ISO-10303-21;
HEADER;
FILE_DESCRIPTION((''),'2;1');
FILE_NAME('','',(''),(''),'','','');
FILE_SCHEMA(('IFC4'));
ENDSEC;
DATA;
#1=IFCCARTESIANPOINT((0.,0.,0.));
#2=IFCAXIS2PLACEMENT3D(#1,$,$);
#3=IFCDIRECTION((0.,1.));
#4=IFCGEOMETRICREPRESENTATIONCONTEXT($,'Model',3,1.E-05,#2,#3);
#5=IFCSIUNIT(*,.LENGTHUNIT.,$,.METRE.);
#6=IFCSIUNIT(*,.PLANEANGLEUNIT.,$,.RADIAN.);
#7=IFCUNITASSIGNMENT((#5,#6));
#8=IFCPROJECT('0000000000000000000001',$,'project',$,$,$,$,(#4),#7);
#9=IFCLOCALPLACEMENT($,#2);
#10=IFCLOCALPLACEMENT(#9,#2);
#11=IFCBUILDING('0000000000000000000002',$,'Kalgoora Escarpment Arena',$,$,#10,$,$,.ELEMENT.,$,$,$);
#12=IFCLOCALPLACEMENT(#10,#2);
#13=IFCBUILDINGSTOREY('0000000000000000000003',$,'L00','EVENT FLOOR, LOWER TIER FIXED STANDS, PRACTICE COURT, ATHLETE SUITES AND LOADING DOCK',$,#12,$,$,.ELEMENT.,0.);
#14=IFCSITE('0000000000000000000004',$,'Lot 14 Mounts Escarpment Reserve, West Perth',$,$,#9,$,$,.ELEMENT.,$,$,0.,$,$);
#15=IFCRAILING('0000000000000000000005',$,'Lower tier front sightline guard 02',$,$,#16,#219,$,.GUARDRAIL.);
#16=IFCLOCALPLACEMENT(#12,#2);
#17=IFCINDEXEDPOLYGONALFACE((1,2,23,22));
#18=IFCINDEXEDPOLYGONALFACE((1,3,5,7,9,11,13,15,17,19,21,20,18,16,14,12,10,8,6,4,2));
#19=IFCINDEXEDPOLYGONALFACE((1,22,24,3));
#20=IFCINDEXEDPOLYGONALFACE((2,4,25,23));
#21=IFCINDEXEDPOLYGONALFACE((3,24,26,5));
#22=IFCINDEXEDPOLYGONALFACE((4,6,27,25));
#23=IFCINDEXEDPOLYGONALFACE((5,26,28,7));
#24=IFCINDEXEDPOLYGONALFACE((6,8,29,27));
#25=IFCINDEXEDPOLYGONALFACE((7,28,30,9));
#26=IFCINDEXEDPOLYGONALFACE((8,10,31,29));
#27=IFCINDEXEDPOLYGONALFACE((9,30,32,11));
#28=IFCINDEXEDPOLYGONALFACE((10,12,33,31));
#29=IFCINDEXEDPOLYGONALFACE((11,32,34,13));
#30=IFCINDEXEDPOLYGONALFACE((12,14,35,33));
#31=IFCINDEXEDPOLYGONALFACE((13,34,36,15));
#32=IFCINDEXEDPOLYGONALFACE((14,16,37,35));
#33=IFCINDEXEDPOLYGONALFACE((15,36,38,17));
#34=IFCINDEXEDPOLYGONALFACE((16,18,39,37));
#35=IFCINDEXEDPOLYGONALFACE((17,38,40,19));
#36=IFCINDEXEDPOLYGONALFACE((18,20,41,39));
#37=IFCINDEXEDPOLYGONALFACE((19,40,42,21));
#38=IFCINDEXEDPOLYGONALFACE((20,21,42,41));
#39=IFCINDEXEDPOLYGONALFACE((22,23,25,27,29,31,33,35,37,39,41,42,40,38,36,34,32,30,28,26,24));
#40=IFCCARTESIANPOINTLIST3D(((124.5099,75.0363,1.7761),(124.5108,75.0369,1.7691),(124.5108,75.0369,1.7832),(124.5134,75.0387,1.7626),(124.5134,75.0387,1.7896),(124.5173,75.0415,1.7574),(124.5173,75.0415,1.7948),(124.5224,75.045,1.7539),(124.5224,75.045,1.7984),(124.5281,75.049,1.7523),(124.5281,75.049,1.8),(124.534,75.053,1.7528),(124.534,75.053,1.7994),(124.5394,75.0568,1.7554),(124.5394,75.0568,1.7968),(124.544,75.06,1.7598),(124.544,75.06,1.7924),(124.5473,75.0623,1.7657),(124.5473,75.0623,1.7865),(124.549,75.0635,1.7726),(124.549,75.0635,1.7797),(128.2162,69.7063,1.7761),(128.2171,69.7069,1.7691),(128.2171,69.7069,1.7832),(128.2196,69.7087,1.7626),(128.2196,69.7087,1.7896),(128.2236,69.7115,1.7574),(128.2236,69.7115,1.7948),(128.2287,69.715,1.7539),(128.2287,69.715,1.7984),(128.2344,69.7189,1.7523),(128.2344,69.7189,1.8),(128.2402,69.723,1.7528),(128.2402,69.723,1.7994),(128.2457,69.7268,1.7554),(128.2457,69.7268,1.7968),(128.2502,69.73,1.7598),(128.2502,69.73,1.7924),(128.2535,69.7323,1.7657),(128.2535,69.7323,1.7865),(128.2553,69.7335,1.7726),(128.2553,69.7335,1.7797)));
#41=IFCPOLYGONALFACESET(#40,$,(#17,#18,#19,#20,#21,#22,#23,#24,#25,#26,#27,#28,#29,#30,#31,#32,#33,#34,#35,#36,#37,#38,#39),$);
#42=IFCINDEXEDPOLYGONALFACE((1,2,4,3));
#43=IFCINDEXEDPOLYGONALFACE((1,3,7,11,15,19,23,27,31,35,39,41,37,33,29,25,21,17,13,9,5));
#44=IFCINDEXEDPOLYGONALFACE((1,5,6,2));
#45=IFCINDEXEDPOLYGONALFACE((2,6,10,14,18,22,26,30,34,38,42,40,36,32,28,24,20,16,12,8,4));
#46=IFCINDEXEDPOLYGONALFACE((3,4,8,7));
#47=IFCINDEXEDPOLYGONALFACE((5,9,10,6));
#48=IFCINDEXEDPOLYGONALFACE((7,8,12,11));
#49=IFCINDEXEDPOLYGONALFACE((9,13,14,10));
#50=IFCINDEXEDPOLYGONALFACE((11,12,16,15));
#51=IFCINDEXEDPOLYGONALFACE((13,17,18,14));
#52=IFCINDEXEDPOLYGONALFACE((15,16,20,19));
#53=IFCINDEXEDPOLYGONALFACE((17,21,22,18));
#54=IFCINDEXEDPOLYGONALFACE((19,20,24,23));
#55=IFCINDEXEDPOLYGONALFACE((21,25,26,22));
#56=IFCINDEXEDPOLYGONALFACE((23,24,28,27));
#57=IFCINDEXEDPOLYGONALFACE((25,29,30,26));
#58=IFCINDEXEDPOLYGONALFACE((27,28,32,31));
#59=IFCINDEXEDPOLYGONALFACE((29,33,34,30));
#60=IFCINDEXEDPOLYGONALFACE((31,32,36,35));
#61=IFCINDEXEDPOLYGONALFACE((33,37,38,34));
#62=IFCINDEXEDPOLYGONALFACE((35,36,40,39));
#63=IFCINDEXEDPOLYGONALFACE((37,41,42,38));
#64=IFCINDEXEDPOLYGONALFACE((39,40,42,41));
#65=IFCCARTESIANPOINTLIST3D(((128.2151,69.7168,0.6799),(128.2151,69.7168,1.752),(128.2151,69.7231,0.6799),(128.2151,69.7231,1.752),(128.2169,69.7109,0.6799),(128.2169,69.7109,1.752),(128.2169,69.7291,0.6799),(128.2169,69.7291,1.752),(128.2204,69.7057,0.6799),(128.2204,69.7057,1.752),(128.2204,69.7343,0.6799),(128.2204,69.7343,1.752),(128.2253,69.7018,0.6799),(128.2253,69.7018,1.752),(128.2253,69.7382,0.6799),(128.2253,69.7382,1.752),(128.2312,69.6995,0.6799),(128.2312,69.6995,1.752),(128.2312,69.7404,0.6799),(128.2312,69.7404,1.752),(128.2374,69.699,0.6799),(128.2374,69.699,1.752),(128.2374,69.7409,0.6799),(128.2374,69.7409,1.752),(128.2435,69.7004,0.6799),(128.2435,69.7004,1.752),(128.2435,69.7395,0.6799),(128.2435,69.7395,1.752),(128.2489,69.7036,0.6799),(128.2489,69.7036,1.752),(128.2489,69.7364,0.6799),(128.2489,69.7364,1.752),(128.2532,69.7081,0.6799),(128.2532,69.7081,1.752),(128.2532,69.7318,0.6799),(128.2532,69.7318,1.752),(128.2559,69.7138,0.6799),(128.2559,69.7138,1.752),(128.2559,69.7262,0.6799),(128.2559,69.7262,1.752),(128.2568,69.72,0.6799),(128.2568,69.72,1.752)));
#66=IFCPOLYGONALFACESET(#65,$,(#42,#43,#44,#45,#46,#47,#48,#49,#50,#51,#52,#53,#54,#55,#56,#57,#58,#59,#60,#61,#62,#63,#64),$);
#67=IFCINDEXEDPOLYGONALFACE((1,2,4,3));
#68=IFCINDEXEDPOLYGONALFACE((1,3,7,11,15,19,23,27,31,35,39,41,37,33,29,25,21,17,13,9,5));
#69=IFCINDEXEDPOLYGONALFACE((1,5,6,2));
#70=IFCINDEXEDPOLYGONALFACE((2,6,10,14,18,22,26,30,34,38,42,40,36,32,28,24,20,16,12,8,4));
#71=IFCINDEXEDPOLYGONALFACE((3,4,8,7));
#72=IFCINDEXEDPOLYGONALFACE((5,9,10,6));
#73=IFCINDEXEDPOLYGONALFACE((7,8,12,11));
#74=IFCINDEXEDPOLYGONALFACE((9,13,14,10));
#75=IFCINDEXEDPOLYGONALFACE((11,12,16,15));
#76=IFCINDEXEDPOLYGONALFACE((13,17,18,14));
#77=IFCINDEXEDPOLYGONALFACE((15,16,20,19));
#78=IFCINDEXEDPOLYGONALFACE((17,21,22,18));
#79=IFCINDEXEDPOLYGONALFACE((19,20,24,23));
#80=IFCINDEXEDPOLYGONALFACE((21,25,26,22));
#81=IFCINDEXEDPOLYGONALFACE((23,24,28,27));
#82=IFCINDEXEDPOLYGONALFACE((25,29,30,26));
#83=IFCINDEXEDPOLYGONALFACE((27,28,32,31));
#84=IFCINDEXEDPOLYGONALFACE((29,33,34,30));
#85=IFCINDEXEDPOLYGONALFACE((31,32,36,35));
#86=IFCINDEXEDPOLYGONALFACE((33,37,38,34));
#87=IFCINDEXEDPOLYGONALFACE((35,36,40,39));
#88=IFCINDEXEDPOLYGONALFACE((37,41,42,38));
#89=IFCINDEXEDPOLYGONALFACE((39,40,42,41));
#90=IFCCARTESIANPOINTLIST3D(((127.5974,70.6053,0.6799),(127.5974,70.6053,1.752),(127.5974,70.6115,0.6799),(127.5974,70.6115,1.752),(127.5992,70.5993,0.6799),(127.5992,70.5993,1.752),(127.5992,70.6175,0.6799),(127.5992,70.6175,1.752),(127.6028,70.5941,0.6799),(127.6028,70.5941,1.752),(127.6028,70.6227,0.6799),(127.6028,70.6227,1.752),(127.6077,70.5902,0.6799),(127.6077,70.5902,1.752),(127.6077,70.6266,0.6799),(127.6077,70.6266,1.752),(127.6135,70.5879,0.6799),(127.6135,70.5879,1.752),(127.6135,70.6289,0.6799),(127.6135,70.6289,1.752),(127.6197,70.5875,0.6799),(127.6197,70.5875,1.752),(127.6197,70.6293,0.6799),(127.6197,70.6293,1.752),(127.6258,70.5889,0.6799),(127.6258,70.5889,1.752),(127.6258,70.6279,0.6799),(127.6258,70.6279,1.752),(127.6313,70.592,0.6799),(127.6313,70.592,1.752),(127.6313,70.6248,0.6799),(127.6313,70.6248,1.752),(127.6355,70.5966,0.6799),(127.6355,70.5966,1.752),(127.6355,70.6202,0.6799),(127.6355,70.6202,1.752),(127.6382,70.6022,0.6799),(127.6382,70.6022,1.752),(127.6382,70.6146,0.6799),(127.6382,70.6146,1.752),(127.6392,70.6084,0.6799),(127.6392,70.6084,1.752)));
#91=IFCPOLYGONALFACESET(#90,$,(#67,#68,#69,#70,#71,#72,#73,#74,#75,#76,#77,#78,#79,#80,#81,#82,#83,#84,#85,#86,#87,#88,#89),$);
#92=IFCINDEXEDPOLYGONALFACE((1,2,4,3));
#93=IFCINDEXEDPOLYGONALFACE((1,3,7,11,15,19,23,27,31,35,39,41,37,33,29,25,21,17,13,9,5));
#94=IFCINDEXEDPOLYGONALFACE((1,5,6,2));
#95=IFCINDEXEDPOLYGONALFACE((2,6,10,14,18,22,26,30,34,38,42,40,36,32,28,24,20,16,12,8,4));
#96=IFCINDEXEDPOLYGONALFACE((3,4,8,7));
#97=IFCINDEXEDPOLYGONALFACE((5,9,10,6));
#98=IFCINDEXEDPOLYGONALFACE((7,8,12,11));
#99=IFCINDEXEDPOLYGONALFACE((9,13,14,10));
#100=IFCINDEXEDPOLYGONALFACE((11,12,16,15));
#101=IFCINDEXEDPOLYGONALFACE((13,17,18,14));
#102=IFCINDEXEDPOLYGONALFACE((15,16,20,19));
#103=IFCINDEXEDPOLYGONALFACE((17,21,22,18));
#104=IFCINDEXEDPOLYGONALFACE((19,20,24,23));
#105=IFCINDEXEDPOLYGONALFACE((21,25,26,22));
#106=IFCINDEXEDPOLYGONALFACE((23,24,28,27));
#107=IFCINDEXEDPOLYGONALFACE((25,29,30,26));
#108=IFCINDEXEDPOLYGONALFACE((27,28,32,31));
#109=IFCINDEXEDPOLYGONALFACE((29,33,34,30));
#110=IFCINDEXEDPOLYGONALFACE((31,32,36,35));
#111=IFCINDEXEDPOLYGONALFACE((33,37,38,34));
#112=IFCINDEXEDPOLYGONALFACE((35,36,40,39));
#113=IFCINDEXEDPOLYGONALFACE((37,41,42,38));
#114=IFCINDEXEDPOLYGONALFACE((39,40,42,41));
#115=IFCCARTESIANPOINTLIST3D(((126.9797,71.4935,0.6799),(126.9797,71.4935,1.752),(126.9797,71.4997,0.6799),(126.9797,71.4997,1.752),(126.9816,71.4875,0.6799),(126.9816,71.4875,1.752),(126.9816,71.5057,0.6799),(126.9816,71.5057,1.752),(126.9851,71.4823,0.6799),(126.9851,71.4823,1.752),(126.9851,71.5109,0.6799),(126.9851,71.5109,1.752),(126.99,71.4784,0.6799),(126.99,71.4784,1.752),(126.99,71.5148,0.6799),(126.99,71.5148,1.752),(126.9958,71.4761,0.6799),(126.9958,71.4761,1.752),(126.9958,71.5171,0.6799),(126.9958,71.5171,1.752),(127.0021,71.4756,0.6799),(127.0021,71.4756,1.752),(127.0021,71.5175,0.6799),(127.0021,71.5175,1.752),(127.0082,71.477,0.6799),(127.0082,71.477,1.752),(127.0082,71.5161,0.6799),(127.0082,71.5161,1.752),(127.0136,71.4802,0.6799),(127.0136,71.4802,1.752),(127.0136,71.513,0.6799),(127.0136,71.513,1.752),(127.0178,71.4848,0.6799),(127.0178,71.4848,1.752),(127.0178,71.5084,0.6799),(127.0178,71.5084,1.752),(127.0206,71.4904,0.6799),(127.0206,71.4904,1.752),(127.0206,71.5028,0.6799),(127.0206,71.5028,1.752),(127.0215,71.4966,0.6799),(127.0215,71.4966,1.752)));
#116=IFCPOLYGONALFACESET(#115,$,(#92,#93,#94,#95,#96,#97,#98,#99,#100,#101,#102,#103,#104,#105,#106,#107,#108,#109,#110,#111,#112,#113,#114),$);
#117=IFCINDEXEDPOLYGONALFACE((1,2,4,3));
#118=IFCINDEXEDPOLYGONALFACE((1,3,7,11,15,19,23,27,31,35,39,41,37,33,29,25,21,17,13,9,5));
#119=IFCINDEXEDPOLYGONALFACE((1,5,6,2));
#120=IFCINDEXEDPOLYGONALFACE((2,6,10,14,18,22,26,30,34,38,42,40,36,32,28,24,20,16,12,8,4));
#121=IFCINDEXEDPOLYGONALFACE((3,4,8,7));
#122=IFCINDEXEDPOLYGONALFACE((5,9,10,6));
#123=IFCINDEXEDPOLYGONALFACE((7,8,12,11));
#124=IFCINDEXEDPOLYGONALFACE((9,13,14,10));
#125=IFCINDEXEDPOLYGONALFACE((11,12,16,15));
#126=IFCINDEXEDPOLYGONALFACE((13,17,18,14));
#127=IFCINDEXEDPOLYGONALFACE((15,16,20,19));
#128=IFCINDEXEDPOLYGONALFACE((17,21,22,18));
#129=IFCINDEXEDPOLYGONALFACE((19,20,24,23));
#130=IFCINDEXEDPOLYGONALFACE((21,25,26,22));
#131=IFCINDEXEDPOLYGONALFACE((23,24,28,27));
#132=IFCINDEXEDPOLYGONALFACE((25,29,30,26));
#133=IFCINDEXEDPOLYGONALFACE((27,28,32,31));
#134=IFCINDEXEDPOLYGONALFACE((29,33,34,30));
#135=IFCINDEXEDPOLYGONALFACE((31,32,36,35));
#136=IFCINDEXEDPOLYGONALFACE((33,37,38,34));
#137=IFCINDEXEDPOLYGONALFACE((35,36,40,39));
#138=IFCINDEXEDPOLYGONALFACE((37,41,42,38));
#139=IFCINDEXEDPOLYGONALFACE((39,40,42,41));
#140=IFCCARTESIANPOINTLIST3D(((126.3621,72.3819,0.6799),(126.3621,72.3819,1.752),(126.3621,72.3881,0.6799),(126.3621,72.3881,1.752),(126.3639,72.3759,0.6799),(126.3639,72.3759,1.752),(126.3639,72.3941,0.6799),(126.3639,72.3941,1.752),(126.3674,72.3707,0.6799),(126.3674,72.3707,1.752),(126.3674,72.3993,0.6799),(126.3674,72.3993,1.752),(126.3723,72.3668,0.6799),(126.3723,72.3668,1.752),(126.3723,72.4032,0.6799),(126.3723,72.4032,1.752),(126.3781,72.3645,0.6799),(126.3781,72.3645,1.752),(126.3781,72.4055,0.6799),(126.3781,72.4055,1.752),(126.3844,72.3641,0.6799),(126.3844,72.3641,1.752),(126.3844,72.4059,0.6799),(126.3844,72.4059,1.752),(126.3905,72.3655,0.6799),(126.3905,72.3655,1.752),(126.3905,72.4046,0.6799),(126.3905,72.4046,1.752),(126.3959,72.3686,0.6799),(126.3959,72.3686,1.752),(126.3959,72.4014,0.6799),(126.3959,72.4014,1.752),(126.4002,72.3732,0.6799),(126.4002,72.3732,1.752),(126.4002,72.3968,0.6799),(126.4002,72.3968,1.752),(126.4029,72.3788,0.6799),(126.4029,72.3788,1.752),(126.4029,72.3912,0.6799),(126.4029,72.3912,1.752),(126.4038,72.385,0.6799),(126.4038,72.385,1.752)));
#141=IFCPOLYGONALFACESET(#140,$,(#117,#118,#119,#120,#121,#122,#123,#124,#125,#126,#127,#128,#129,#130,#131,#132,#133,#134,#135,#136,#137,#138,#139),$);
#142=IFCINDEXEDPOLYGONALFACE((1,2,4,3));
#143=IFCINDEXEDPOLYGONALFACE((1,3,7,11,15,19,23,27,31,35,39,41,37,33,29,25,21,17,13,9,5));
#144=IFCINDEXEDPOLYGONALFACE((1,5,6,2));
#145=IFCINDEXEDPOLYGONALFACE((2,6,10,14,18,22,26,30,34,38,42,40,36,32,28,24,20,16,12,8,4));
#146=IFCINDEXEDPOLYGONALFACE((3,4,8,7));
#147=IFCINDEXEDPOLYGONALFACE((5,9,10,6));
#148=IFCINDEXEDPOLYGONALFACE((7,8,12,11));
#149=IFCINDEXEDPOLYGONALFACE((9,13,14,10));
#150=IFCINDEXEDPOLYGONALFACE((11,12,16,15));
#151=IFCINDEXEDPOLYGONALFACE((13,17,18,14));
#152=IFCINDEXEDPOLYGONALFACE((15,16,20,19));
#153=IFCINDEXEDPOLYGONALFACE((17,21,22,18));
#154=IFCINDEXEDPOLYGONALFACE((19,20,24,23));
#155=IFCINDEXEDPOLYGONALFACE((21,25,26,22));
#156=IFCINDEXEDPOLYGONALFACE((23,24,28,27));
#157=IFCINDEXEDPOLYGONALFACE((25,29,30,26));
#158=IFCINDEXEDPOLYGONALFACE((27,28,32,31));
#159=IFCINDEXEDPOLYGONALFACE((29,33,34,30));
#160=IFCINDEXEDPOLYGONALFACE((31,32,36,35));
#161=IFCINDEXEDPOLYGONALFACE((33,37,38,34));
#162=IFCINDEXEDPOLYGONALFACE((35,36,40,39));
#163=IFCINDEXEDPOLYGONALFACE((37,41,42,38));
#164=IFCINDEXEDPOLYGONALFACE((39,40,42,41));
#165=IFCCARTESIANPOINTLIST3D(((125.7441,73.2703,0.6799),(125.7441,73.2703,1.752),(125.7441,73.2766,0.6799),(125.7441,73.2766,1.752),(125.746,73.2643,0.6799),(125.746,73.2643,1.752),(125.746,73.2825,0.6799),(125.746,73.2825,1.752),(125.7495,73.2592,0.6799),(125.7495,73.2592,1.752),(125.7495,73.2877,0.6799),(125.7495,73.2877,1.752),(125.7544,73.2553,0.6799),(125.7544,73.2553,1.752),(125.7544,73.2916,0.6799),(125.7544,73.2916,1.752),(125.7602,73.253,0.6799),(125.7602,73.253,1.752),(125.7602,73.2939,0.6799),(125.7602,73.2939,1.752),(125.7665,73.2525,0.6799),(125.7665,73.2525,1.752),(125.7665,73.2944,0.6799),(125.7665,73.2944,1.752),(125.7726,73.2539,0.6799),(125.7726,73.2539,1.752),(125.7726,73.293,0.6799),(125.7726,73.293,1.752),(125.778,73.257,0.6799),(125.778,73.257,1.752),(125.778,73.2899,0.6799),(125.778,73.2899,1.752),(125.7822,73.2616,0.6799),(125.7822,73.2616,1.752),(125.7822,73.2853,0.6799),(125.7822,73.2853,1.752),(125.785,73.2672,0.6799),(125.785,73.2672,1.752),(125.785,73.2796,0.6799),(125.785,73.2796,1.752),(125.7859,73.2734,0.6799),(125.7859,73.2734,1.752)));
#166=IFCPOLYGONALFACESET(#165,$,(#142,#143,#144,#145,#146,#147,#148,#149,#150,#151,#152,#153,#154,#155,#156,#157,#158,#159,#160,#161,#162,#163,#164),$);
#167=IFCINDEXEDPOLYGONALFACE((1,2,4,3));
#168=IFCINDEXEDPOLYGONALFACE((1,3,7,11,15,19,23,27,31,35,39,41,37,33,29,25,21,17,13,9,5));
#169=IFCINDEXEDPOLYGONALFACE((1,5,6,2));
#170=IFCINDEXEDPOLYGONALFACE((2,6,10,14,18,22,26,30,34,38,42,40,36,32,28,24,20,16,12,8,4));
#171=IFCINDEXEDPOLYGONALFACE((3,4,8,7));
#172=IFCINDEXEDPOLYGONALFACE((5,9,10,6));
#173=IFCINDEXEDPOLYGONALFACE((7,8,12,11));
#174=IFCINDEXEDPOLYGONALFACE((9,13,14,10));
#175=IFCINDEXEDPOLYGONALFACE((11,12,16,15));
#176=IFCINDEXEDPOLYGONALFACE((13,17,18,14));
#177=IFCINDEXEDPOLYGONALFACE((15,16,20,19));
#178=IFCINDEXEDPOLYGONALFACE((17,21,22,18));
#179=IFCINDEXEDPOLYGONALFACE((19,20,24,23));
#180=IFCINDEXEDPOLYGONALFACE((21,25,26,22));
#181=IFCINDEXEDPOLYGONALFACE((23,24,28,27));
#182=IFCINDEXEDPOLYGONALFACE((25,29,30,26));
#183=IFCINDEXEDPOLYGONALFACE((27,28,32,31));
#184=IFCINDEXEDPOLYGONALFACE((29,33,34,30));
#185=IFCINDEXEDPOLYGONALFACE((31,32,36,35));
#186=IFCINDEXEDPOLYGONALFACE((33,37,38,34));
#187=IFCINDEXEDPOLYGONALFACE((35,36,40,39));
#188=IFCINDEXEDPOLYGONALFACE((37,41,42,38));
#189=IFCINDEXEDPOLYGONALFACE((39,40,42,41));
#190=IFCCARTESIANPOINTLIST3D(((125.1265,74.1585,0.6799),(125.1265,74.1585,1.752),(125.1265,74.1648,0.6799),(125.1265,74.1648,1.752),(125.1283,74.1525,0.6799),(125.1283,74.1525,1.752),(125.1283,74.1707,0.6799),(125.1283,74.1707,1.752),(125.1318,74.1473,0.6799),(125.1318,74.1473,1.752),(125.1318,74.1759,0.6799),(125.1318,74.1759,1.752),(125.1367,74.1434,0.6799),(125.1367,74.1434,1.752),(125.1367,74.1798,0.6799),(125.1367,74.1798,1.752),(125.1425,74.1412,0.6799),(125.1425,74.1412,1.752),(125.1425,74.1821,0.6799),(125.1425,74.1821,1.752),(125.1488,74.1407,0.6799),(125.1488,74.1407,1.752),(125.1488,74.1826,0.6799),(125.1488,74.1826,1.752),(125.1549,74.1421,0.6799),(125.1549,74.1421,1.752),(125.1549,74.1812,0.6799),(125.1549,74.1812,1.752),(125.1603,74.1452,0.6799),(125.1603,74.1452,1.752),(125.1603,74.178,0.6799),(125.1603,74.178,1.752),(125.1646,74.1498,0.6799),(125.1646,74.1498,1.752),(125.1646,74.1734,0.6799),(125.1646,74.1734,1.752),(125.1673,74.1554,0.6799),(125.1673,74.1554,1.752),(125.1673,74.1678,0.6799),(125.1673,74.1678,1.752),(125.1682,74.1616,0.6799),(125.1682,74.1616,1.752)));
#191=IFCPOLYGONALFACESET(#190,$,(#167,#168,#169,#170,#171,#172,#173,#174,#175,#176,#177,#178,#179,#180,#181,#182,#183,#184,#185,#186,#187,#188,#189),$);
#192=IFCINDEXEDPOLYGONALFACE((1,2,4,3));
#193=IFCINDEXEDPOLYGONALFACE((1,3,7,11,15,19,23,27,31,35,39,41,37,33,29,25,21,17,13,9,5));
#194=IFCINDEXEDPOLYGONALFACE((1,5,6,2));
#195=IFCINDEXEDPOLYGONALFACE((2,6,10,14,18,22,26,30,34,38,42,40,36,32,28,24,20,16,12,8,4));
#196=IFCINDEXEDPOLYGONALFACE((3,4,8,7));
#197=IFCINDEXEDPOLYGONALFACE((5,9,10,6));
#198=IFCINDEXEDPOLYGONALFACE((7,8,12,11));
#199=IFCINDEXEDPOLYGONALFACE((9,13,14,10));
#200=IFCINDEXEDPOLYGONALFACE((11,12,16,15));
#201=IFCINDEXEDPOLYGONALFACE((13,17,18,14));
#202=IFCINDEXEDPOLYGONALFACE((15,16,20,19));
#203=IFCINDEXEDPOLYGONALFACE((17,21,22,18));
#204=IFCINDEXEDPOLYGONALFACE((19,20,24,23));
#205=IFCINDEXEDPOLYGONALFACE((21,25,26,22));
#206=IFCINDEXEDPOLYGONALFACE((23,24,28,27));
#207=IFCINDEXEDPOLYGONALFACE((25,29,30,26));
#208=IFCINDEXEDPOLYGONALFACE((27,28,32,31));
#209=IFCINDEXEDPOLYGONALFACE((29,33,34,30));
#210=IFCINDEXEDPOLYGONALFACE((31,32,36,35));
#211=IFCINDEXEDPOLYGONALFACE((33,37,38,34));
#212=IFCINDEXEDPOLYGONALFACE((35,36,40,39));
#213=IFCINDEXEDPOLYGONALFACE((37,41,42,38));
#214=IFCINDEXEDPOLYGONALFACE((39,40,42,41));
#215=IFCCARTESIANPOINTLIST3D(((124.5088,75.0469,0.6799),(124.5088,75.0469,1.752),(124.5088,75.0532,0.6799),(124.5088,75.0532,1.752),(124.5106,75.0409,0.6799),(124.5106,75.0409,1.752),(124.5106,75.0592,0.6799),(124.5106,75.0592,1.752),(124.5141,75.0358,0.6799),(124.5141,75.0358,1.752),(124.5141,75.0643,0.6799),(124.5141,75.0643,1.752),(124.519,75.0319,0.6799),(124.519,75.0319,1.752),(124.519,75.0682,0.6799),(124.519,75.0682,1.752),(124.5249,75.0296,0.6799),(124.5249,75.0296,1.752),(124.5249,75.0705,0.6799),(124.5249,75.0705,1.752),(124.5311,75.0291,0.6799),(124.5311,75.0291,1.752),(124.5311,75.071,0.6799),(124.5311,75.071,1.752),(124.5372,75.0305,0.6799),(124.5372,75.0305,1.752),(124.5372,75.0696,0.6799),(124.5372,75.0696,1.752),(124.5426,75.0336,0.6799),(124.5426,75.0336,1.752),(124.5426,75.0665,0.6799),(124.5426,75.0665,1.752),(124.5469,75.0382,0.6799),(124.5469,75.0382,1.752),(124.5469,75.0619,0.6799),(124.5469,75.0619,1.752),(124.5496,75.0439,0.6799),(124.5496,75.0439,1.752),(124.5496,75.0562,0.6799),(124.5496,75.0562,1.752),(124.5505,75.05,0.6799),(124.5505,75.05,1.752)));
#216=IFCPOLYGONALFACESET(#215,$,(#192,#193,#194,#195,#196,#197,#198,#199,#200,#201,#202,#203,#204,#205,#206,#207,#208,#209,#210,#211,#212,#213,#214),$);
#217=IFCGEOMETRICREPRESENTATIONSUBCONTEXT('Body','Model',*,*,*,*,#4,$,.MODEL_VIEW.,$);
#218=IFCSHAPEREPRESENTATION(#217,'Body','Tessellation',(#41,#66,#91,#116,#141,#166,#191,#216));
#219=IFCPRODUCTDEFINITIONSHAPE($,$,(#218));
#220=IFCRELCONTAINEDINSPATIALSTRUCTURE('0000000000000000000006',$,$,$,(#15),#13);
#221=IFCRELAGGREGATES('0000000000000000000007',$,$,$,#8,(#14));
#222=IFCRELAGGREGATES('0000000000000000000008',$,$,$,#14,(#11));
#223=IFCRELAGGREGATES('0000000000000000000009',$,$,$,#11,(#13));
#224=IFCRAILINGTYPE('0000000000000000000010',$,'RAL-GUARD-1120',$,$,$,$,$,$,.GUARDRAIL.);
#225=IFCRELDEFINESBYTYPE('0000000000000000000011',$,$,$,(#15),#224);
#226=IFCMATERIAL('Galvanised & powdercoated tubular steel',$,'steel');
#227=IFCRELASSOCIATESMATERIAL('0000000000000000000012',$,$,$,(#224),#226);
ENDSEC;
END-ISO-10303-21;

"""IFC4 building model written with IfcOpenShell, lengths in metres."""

from ifc_helpers import new_model, si_unit, direction, frame, origin, origin_2d, place, context, subcontext, project, spatial, circle, extrude, material, type_object, element, save


model = new_model("IFC4")

# Units and contexts
model_context = context("Model", 3, precision=1e-05, world=origin(), true_north=direction((0.0, 1.0)))
body_context = subcontext(model_context, "Body", "Model", "MODEL_VIEW")
ifc_project = project(units=[si_unit("LENGTHUNIT", "METRE"), si_unit("PLANEANGLEUNIT", "RADIAN")], contexts=[model_context])

# Site, building, storey
site_placement = place(None, origin())
site = spatial("IfcSite", under=ifc_project, at=site_placement, Name="Lot 14 Mounts Escarpment Reserve, West Perth", CompositionType="ELEMENT", RefElevation=0.0)
building_placement = place(site_placement, origin())
building = spatial("IfcBuilding", under=site, at=building_placement, Name="Kalgoora Escarpment Arena", CompositionType="ELEMENT")
storey_placement = place(building_placement, origin())
storey = spatial("IfcBuildingStorey", under=building, at=storey_placement, Name="L00", Description="EVENT FLOOR, LOWER TIER FIXED STANDS, PRACTICE COURT, ATHLETE SUITES AND LOADING DOCK", CompositionType="ELEMENT", Elevation=0.0)

# Railing
ifc_material_1 = material(Name="Galvanised & powdercoated tubular steel", Category="steel")
railing_type = type_object("IfcRailingType", Name="RAL-GUARD-1120", PredefinedType="GUARDRAIL", material=ifc_material_1)
railing_1_placement = place(storey_placement, frame((128.2358, 69.72, 0.6799)))
element("IfcRailing", 1, at=railing_1_placement, inside=storey, type_object=railing_type, Name="Lower tier front sightline guard 02", PredefinedType="GUARDRAIL", context=body_context, shape_type="SweptSolid", body=[
    extrude(circle(Radius=0.0239, at=origin_2d()), frame((0.0, 0.0, 1.0962), z_axis=(-0.5709, 0.821019, 0.0), x_axis=(-0.821019, -0.5709, 0.0)), (0.0, 0.0, 1.0), 6.4919),
    extrude(circle(Radius=0.021, at=origin_2d()), origin(), (0.0, 0.0, 1.0), 1.072),
    extrude(circle(Radius=0.021, at=origin_2d()), frame((-0.6177, 0.8884, 0.0)), (0.0, 0.0, 1.0), 1.072),
    extrude(circle(Radius=0.021, at=origin_2d()), frame((-1.2354, 1.7766, 0.0)), (0.0, 0.0, 1.0), 1.072),
    extrude(circle(Radius=0.021, at=origin_2d()), frame((-1.853, 2.665, 0.0)), (0.0, 0.0, 1.0), 1.072),
    extrude(circle(Radius=0.021, at=origin_2d()), frame((-2.4709, 3.5535, 0.0)), (0.0, 0.0, 1.0), 1.072),
    extrude(circle(Radius=0.021, at=origin_2d()), frame((-3.0886, 4.4417, 0.0)), (0.0, 0.0, 1.0), 1.072),
    extrude(circle(Radius=0.021, at=origin_2d()), frame((-3.7063, 5.3301, 0.0)), (0.0, 0.0, 1.0), 1.072),
])

save(model, "model.ifc")
